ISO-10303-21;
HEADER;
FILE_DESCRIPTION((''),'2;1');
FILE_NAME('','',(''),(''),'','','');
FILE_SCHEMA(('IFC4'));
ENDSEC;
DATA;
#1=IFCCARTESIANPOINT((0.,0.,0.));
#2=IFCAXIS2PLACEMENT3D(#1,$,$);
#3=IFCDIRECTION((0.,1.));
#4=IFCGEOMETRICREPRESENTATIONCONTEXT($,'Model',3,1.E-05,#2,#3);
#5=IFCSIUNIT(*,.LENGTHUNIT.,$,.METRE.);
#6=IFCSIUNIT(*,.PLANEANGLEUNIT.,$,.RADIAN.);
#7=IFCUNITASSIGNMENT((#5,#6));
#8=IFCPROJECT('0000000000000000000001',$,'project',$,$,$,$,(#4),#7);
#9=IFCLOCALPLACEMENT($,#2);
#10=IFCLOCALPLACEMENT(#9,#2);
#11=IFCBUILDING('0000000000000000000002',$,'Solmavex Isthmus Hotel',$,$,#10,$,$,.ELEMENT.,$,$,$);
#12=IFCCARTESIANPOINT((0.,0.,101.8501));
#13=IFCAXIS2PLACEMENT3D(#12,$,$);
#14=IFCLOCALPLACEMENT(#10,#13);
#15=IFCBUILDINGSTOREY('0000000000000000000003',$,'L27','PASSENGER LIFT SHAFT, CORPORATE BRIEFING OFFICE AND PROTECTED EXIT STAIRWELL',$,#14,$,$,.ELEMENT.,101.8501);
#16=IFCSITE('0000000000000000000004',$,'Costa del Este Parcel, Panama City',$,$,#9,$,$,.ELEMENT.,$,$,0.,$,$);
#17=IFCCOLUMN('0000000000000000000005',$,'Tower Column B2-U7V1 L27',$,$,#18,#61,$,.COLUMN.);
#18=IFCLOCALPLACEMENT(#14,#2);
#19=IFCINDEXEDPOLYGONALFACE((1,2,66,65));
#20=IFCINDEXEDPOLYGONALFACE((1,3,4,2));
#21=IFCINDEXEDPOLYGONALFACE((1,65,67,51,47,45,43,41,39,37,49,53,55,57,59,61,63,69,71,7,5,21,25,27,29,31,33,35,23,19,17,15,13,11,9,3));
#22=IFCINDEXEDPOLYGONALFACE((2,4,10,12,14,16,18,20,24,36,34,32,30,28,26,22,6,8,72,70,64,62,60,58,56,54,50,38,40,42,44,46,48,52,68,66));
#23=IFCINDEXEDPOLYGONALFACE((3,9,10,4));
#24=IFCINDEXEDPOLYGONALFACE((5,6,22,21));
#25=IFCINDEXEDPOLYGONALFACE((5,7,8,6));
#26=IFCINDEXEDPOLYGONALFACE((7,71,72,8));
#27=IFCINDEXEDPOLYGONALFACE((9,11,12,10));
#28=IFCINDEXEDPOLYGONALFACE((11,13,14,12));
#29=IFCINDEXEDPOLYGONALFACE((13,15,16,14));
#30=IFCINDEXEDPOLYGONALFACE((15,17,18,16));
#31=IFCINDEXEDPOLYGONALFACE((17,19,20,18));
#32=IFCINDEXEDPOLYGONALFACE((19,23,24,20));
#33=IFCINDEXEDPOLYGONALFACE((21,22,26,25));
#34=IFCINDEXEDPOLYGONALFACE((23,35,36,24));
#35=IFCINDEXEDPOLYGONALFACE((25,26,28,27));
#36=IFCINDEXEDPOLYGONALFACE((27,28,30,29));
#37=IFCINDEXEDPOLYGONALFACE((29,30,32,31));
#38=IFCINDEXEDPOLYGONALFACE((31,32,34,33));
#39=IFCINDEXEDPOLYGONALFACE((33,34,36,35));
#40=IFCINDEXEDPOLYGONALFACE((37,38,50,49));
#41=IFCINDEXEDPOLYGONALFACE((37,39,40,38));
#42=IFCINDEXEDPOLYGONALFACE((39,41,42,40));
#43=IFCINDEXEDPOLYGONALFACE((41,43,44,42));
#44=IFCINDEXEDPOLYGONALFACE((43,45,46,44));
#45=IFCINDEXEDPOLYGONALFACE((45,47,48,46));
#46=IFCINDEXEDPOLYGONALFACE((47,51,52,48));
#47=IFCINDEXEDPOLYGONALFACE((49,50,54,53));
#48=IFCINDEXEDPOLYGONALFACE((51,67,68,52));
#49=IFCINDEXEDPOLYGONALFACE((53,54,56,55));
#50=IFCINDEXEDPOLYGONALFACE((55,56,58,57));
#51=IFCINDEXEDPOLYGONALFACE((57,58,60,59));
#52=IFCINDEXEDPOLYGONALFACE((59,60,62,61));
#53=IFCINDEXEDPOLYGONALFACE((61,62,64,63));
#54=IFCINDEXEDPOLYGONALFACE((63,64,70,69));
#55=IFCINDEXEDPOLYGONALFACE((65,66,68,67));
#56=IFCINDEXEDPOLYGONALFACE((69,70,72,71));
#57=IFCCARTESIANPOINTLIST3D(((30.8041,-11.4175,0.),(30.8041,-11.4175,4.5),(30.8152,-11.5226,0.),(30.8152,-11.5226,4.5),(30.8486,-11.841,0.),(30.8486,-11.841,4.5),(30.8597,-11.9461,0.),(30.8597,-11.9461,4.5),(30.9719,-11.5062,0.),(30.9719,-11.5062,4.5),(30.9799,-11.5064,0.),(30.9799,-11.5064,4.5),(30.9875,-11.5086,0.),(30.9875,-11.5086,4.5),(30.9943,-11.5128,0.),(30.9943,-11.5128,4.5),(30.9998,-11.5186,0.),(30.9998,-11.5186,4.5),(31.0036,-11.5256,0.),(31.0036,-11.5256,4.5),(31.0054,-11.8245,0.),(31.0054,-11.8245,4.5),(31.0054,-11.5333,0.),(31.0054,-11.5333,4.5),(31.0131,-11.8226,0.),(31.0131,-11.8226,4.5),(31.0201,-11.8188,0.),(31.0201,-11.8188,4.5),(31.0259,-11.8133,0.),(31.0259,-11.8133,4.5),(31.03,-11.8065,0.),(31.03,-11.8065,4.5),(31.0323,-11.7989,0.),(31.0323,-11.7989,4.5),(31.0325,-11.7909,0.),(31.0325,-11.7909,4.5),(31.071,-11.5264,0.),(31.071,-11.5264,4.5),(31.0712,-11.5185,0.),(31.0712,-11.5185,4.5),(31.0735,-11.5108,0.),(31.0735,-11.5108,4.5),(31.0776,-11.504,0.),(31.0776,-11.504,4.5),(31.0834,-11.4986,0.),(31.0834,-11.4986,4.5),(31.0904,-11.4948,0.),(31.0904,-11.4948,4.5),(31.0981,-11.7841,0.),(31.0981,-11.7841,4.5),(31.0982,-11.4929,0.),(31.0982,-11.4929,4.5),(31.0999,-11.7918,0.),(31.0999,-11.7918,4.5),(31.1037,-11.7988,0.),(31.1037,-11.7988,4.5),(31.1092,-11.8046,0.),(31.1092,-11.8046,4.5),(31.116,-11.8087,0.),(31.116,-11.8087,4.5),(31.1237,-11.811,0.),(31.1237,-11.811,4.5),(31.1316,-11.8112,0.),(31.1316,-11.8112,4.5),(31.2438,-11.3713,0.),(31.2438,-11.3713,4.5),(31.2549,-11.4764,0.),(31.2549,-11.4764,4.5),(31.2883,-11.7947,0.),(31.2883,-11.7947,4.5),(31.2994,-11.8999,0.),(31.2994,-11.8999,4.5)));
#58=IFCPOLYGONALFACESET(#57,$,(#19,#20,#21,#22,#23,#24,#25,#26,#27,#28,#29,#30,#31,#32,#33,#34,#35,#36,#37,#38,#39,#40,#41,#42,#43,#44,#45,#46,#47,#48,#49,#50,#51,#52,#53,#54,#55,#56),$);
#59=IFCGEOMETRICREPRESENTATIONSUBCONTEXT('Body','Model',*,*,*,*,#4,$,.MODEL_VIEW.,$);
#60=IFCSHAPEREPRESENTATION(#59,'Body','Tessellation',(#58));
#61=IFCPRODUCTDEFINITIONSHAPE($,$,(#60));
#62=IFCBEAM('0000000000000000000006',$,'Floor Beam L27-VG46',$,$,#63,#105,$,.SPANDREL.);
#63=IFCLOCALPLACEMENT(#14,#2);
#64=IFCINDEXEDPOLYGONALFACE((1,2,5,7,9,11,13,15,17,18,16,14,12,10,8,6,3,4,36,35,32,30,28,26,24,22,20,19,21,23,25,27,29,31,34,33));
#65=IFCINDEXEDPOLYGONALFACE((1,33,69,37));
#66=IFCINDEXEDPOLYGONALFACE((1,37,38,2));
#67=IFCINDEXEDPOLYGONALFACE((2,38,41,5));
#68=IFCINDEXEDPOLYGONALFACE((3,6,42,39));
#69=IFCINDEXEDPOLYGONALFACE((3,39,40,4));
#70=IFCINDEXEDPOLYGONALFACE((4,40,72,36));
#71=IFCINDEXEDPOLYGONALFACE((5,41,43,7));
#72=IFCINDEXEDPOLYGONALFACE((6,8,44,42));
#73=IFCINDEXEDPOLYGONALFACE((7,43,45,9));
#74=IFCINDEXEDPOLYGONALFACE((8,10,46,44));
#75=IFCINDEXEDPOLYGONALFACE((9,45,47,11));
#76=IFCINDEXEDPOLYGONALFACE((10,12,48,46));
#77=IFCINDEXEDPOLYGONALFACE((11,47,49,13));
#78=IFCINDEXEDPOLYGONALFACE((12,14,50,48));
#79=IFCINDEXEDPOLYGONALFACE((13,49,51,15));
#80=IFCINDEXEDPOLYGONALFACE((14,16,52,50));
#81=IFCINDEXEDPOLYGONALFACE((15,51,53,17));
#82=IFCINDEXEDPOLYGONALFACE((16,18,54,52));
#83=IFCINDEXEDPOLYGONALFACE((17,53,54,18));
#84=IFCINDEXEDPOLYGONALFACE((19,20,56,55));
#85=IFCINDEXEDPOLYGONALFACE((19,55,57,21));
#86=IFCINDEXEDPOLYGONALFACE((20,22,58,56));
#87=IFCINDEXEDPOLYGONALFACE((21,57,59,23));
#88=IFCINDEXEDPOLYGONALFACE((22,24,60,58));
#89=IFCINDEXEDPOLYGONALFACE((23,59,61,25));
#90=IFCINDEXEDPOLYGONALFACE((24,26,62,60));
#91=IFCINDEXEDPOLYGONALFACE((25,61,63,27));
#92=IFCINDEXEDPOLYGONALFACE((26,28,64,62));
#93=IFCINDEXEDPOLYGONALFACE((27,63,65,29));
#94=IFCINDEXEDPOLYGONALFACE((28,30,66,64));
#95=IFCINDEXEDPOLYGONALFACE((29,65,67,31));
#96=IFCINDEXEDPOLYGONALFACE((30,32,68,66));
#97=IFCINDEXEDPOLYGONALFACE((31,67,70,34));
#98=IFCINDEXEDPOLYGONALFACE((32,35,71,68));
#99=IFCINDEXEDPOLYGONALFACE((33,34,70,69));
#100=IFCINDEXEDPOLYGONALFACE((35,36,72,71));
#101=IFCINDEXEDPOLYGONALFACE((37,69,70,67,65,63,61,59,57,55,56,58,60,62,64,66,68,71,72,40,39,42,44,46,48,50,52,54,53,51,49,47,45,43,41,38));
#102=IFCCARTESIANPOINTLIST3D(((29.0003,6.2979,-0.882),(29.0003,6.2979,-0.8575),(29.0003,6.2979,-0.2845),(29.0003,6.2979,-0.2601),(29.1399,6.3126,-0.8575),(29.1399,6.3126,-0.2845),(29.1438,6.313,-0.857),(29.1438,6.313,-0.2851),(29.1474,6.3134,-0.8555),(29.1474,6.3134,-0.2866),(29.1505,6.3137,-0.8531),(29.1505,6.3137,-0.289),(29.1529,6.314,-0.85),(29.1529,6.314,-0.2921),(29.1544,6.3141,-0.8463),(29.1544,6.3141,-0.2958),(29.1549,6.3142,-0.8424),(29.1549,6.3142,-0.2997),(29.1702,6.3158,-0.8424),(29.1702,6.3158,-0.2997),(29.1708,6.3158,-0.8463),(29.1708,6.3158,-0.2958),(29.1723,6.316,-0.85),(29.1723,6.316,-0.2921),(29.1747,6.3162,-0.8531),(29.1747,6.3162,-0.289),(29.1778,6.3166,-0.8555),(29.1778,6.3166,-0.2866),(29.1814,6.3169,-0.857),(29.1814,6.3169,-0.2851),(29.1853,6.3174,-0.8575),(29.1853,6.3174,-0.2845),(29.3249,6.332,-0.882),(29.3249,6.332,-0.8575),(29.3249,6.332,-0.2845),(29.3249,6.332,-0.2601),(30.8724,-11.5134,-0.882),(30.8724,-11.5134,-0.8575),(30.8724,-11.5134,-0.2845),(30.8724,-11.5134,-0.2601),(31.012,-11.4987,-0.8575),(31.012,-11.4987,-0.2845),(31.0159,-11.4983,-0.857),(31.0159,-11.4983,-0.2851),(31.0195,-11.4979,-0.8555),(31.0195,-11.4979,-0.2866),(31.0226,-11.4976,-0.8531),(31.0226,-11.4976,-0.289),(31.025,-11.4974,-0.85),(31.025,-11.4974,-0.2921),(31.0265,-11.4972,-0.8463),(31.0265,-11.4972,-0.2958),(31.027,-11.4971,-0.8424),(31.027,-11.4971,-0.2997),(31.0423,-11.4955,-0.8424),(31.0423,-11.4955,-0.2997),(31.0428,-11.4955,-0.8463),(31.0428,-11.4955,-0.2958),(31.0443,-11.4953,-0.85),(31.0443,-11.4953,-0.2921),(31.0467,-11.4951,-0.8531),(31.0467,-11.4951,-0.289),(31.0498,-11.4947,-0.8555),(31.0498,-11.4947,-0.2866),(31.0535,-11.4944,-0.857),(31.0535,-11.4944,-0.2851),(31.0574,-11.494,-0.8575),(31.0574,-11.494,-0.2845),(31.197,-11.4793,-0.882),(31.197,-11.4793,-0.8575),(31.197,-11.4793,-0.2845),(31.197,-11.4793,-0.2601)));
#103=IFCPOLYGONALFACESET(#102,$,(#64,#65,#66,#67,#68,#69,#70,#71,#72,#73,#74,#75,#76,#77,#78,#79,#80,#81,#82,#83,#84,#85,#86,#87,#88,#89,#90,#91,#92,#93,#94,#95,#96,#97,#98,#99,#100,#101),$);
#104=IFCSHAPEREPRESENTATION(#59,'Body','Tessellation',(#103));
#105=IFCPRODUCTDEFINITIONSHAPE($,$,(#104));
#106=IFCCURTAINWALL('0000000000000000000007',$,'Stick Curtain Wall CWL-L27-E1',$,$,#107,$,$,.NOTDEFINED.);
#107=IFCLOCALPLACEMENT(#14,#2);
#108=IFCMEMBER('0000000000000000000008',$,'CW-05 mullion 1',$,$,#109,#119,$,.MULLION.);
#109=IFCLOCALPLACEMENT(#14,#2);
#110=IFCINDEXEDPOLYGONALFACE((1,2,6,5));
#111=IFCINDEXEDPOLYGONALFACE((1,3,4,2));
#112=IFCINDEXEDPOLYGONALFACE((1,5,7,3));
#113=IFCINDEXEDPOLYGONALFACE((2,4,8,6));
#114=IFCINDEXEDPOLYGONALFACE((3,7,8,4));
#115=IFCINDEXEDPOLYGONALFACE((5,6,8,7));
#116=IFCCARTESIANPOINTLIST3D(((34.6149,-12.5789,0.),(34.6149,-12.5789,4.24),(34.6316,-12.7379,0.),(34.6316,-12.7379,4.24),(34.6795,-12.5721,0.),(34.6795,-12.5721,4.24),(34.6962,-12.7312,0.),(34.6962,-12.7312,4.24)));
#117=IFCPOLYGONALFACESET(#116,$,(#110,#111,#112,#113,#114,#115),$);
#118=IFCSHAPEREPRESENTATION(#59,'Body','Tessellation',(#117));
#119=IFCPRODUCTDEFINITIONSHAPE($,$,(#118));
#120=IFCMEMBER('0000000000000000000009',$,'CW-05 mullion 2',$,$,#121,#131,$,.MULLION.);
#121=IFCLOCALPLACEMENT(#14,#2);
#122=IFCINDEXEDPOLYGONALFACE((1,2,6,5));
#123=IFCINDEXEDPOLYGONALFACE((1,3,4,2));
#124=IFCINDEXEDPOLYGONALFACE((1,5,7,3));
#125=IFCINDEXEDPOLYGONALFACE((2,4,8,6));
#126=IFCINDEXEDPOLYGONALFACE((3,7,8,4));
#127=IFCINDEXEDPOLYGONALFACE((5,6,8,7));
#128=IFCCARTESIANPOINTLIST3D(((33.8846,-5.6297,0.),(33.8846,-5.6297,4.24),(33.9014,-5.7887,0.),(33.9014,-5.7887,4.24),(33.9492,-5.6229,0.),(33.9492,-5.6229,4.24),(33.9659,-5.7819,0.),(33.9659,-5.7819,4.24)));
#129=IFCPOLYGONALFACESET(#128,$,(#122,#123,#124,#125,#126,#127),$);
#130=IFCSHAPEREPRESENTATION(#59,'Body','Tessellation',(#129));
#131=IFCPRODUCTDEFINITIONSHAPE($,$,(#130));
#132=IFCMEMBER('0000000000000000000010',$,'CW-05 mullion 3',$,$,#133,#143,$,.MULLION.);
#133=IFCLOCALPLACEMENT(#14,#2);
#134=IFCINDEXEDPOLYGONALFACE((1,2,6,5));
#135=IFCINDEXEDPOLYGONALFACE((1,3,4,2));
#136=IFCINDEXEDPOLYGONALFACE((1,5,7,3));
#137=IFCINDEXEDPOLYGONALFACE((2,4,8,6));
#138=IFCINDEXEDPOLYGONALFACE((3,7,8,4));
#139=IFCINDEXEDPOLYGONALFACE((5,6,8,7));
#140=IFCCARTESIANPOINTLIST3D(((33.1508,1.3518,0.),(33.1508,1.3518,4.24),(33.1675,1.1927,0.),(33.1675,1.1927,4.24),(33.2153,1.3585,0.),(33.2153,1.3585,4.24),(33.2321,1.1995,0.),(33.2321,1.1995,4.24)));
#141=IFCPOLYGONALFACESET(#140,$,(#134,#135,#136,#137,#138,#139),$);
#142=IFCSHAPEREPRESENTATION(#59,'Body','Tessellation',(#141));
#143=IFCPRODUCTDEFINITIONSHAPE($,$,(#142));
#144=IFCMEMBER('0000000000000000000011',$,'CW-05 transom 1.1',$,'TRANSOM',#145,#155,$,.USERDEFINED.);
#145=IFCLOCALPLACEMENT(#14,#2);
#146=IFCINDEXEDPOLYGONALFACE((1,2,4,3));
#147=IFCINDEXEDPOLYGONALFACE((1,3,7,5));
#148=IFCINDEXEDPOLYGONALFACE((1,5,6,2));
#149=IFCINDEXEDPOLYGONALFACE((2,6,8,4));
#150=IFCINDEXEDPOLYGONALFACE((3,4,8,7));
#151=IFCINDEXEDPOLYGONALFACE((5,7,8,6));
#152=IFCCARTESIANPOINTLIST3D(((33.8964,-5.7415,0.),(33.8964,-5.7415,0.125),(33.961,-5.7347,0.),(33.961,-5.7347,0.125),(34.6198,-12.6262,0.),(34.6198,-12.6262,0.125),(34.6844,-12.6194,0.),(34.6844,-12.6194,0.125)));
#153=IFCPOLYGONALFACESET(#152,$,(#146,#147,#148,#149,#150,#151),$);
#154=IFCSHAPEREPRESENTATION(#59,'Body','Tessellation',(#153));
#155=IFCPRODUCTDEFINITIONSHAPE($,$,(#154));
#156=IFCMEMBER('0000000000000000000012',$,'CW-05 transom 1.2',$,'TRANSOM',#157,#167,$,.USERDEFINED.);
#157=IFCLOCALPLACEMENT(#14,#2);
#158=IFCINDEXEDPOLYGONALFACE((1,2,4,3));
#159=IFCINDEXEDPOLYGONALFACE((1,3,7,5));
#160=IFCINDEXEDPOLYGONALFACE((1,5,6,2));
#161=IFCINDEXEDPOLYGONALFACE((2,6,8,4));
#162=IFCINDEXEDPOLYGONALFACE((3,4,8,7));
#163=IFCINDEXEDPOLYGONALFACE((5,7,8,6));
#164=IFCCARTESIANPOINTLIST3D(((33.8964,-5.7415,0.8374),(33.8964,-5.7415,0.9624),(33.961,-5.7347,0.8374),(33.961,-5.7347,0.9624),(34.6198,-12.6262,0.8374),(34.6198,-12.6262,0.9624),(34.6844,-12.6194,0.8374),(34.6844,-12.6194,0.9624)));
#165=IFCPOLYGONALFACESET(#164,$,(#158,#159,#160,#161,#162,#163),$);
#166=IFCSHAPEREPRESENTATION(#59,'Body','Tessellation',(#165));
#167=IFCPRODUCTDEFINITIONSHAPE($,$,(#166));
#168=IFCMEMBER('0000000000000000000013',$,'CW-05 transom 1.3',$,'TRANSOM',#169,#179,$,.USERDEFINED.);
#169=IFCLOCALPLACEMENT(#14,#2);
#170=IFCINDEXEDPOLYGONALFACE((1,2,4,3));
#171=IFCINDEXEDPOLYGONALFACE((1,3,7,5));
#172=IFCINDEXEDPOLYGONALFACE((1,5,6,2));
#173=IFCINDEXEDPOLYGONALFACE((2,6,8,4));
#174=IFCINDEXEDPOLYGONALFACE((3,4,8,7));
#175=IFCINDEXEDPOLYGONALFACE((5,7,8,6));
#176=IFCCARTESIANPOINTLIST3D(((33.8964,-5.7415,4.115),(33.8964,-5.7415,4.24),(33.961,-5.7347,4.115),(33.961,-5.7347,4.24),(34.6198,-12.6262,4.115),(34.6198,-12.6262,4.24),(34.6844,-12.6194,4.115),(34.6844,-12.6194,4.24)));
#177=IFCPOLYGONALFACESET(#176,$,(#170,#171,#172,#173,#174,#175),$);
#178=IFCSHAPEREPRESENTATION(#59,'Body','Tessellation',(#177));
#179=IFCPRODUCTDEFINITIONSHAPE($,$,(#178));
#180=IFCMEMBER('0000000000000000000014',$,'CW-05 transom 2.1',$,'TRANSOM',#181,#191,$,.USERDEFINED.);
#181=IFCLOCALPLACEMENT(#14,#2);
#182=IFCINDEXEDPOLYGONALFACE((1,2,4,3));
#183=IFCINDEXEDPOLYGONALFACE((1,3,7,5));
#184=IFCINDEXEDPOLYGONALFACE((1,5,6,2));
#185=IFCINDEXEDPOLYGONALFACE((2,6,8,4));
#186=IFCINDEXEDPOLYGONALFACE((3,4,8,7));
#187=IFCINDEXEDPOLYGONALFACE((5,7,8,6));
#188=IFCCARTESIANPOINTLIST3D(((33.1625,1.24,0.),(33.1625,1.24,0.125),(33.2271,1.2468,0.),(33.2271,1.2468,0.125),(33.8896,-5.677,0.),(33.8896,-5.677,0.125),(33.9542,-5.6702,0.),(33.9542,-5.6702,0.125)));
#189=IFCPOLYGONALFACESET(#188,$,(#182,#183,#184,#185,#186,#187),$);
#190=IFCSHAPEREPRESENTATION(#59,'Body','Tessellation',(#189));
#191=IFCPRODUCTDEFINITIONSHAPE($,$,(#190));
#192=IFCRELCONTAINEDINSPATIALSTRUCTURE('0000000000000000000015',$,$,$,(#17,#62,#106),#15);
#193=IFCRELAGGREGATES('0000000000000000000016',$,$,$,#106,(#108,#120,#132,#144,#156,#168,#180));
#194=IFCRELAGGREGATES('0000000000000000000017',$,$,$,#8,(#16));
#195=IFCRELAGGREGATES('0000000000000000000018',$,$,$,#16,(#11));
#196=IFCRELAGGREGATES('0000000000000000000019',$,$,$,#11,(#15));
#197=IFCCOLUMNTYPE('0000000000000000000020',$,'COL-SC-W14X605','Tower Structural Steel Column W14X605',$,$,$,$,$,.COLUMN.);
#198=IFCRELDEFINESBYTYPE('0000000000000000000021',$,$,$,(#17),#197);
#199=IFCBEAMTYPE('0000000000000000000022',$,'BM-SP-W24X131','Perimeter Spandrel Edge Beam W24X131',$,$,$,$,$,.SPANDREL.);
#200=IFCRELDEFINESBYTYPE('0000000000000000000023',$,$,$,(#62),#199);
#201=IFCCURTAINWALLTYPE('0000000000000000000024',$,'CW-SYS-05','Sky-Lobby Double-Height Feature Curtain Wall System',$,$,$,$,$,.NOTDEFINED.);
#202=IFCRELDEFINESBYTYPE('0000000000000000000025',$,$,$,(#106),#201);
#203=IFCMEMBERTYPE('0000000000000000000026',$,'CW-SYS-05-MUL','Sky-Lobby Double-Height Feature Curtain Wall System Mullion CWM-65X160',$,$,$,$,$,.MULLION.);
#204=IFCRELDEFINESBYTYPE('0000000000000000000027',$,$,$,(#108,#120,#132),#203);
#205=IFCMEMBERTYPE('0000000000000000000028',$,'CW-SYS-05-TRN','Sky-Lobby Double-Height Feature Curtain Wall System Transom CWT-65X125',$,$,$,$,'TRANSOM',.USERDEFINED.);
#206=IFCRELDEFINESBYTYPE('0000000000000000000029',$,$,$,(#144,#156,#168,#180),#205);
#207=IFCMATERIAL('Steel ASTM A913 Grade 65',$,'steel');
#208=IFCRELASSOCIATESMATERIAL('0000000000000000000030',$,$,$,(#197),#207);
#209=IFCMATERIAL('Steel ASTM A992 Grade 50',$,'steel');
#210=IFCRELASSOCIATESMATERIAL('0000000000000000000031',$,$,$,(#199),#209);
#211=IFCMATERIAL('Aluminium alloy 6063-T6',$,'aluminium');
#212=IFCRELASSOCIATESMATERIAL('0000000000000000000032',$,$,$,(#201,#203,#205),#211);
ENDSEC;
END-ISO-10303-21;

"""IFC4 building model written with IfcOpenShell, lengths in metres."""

from ifc_helpers import new_model, si_unit, direction, frame, origin, origin_2d, place, context, subcontext, project, spatial, rectangle, i_section, extrude, material, material_profile, profile_set, type_object, element, aggregate, save


model = new_model("IFC4")

# Units and contexts
model_context = context("Model", 3, precision=1e-05, world=origin(), true_north=direction((0.0, 1.0)))
body_context = subcontext(model_context, "Body", "Model", "MODEL_VIEW")
ifc_project = project(units=[si_unit("LENGTHUNIT", "METRE"), si_unit("PLANEANGLEUNIT", "RADIAN")], contexts=[model_context])

# Site, building, storey
site_placement = place(None, origin())
site = spatial("IfcSite", under=ifc_project, at=site_placement, Name="Costa del Este Parcel, Panama City", CompositionType="ELEMENT", RefElevation=0.0)
building_placement = place(site_placement, origin())
building = spatial("IfcBuilding", under=site, at=building_placement, Name="Solmavex Isthmus Hotel", CompositionType="ELEMENT")
storey_placement = place(building_placement, frame((0.0, 0.0, 101.8501)))
storey = spatial("IfcBuildingStorey", under=building, at=storey_placement, Name="L27", Description="PASSENGER LIFT SHAFT, CORPORATE BRIEFING OFFICE AND PROTECTED EXIT STAIRWELL", CompositionType="ELEMENT", Elevation=101.8501)

# Column
ifc_material_1 = material(Name="Steel ASTM A913 Grade 65", Category="steel")
ifc_material_profile_1 = material_profile(ifc_material_1, i_section(OverallWidth=0.4421, OverallDepth=0.5315, WebThickness=0.0659, FlangeThickness=0.1057, FilletRadius=0.0305, at=origin_2d()), Name="W14X605")
ifc_profile_set_1 = profile_set([ifc_material_profile_1], Name="Steel ASTM A913 Grade 65")
column_type = type_object("IfcColumnType", Name="COL-SC-W14X605", Description="Tower Structural Steel Column W14X605", PredefinedType="COLUMN", material=ifc_profile_set_1)
column_placement = place(storey_placement, frame((31.0518, -11.6587, 0.0), z_axis=(0.0, 0.0, 1.0), x_axis=(0.994522, 0.104528, 0.0)))
element("IfcColumn", 1, at=column_placement, inside=storey, type_object=column_type, Name="Tower Column B2-U7V1 L27", PredefinedType="COLUMN", context=body_context, shape_type="SweptSolid", body=[
    extrude(i_section(OverallWidth=0.4421, OverallDepth=0.5315, WebThickness=0.0659, FlangeThickness=0.1057, FilletRadius=0.0305, at=origin_2d()), origin(), (0.0, 0.0, 1.0), 4.5),
])

# Beam
ifc_material_2 = material(Name="Steel ASTM A992 Grade 50", Category="steel")
ifc_material_profile_2 = material_profile(ifc_material_2, i_section(OverallWidth=0.3264, OverallDepth=0.6218, WebThickness=0.0154, FlangeThickness=0.0244, FilletRadius=0.0151, at=origin_2d()), Name="W24X131")
ifc_profile_set_2 = profile_set([ifc_material_profile_2], Name="Steel ASTM A992 Grade 50")
beam_type = type_object("IfcBeamType", Name="BM-SP-W24X131", Description="Perimeter Spandrel Edge Beam W24X131", PredefinedType="SPANDREL", material=ifc_profile_set_2)
beam_placement = place(storey_placement, frame((31.0347, -11.4963, -0.571), z_axis=(-0.10453, 0.994522, 0.0), x_axis=(-0.994522, -0.10453, 0.0)))
element("IfcBeam", 2, at=beam_placement, inside=storey, type_object=beam_type, Name="Floor Beam L27-VG46", PredefinedType="SPANDREL", context=body_context, shape_type="SweptSolid", body=[
    extrude(i_section(OverallWidth=0.3264, OverallDepth=0.6218, WebThickness=0.0154, FlangeThickness=0.0244, FilletRadius=0.0151, at=origin_2d()), origin(), (0.0, 0.0, 1.0), 17.9094),
])

# Curtain wall, members
ifc_material_3 = material(Name="Aluminium alloy 6063-T6", Category="aluminium")
curtain_wall_type = type_object("IfcCurtainWallType", Name="CW-SYS-05", Description="Sky-Lobby Double-Height Feature Curtain Wall System", PredefinedType="NOTDEFINED", material=ifc_material_3)
curtain_wall_placement = place(storey_placement, origin())
curtain_wall = element("IfcCurtainWall", 3, at=curtain_wall_placement, inside=storey, type_object=curtain_wall_type, Name="Stick Curtain Wall CWL-L27-E1", PredefinedType="NOTDEFINED")
ifc_material_profile_3 = material_profile(ifc_material_3, rectangle(XDim=0.0649, YDim=0.1599, at=origin_2d()), Name="CWM-65X160")
ifc_profile_set_3 = profile_set([ifc_material_profile_3], Name="Aluminium alloy 6063-T6")
member_type_1 = type_object("IfcMemberType", Name="CW-SYS-05-MUL", Description="Sky-Lobby Double-Height Feature Curtain Wall System Mullion CWM-65X160", PredefinedType="MULLION", material=ifc_profile_set_3)
member_1_placement = place(storey_placement, frame((34.6555, -12.655, 0.0), z_axis=(0.0, 0.0, 1.0), x_axis=(-0.994522, -0.104528, 0.0)))
member_1 = element("IfcMember", 4, at=member_1_placement, type_object=member_type_1, Name="CW-05 mullion 1", PredefinedType="MULLION", context=body_context, shape_type="SweptSolid", body=[
    extrude(rectangle(XDim=0.0649, YDim=0.1599, at=origin_2d()), origin(), (0.0, 0.0, 1.0), 4.24),
])
member_2_placement = place(storey_placement, frame((33.9253, -5.7058, 0.0), z_axis=(0.0, 0.0, 1.0), x_axis=(-0.994522, -0.104528, 0.0)))
member_2 = element("IfcMember", 5, at=member_2_placement, type_object=member_type_1, Name="CW-05 mullion 2", PredefinedType="MULLION", context=body_context, shape_type="SweptSolid", body=[
    extrude(rectangle(XDim=0.0649, YDim=0.1599, at=origin_2d()), origin(), (0.0, 0.0, 1.0), 4.24),
])
member_3_placement = place(storey_placement, frame((33.1914, 1.2756, 0.0), z_axis=(0.0, 0.0, 1.0), x_axis=(-0.994522, -0.104528, 0.0)))
member_3 = element("IfcMember", 6, at=member_3_placement, type_object=member_type_1, Name="CW-05 mullion 3", PredefinedType="MULLION", context=body_context, shape_type="SweptSolid", body=[
    extrude(rectangle(XDim=0.0649, YDim=0.1599, at=origin_2d()), origin(), (0.0, 0.0, 1.0), 4.24),
])
ifc_material_profile_4 = material_profile(ifc_material_3, rectangle(XDim=0.0649, YDim=0.125, at=origin_2d()), Name="CWT-65X125")
ifc_profile_set_4 = profile_set([ifc_material_profile_4], Name="Aluminium alloy 6063-T6")
member_type_2 = type_object("IfcMemberType", Name="CW-SYS-05-TRN", Description="Sky-Lobby Double-Height Feature Curtain Wall System Transom CWT-65X125", ElementType="TRANSOM", PredefinedType="USERDEFINED", material=ifc_profile_set_4)
member_4_placement = place(storey_placement, frame((34.6521, -12.6228, 0.0625), z_axis=(-0.104496, 0.994525, 0.0), x_axis=(-0.994525, -0.104496, 0.0)))
member_4 = element("IfcMember", 7, at=member_4_placement, type_object=member_type_2, Name="CW-05 transom 1.1", ObjectType="TRANSOM", PredefinedType="USERDEFINED", context=body_context, shape_type="SweptSolid", body=[
    extrude(rectangle(XDim=0.0649, YDim=0.125, at=origin_2d()), origin(), (0.0, 0.0, 1.0), 6.9226),
])
member_5_placement = place(storey_placement, frame((34.6521, -12.6228, 0.8999), z_axis=(-0.104496, 0.994525, 0.0), x_axis=(-0.994525, -0.104496, 0.0)))
member_5 = element("IfcMember", 8, at=member_5_placement, type_object=member_type_2, Name="CW-05 transom 1.2", ObjectType="TRANSOM", PredefinedType="USERDEFINED", context=body_context, shape_type="SweptSolid", body=[
    extrude(rectangle(XDim=0.0649, YDim=0.125, at=origin_2d()), origin(), (0.0, 0.0, 1.0), 6.9226),
])
member_6_placement = place(storey_placement, frame((34.6521, -12.6228, 4.1775), z_axis=(-0.104496, 0.994525, 0.0), x_axis=(-0.994525, -0.104496, 0.0)))
member_6 = element("IfcMember", 9, at=member_6_placement, type_object=member_type_2, Name="CW-05 transom 1.3", ObjectType="TRANSOM", PredefinedType="USERDEFINED", context=body_context, shape_type="SweptSolid", body=[
    extrude(rectangle(XDim=0.0649, YDim=0.125, at=origin_2d()), origin(), (0.0, 0.0, 1.0), 6.9226),
])
member_7_placement = place(storey_placement, frame((33.9219, -5.6736, 0.0625), z_axis=(-0.104535, 0.994521, 0.0), x_axis=(-0.994521, -0.104535, 0.0)))
member_7 = element("IfcMember", 10, at=member_7_placement, type_object=member_type_2, Name="CW-05 transom 2.1", ObjectType="TRANSOM", PredefinedType="USERDEFINED", context=body_context, shape_type="SweptSolid", body=[
    extrude(rectangle(XDim=0.0649, YDim=0.125, at=origin_2d()), origin(), (0.0, 0.0, 1.0), 6.9551),
])
aggregate(curtain_wall, [member_1, member_2, member_3, member_4, member_5, member_6, member_7])

save(model, "model.ifc")
